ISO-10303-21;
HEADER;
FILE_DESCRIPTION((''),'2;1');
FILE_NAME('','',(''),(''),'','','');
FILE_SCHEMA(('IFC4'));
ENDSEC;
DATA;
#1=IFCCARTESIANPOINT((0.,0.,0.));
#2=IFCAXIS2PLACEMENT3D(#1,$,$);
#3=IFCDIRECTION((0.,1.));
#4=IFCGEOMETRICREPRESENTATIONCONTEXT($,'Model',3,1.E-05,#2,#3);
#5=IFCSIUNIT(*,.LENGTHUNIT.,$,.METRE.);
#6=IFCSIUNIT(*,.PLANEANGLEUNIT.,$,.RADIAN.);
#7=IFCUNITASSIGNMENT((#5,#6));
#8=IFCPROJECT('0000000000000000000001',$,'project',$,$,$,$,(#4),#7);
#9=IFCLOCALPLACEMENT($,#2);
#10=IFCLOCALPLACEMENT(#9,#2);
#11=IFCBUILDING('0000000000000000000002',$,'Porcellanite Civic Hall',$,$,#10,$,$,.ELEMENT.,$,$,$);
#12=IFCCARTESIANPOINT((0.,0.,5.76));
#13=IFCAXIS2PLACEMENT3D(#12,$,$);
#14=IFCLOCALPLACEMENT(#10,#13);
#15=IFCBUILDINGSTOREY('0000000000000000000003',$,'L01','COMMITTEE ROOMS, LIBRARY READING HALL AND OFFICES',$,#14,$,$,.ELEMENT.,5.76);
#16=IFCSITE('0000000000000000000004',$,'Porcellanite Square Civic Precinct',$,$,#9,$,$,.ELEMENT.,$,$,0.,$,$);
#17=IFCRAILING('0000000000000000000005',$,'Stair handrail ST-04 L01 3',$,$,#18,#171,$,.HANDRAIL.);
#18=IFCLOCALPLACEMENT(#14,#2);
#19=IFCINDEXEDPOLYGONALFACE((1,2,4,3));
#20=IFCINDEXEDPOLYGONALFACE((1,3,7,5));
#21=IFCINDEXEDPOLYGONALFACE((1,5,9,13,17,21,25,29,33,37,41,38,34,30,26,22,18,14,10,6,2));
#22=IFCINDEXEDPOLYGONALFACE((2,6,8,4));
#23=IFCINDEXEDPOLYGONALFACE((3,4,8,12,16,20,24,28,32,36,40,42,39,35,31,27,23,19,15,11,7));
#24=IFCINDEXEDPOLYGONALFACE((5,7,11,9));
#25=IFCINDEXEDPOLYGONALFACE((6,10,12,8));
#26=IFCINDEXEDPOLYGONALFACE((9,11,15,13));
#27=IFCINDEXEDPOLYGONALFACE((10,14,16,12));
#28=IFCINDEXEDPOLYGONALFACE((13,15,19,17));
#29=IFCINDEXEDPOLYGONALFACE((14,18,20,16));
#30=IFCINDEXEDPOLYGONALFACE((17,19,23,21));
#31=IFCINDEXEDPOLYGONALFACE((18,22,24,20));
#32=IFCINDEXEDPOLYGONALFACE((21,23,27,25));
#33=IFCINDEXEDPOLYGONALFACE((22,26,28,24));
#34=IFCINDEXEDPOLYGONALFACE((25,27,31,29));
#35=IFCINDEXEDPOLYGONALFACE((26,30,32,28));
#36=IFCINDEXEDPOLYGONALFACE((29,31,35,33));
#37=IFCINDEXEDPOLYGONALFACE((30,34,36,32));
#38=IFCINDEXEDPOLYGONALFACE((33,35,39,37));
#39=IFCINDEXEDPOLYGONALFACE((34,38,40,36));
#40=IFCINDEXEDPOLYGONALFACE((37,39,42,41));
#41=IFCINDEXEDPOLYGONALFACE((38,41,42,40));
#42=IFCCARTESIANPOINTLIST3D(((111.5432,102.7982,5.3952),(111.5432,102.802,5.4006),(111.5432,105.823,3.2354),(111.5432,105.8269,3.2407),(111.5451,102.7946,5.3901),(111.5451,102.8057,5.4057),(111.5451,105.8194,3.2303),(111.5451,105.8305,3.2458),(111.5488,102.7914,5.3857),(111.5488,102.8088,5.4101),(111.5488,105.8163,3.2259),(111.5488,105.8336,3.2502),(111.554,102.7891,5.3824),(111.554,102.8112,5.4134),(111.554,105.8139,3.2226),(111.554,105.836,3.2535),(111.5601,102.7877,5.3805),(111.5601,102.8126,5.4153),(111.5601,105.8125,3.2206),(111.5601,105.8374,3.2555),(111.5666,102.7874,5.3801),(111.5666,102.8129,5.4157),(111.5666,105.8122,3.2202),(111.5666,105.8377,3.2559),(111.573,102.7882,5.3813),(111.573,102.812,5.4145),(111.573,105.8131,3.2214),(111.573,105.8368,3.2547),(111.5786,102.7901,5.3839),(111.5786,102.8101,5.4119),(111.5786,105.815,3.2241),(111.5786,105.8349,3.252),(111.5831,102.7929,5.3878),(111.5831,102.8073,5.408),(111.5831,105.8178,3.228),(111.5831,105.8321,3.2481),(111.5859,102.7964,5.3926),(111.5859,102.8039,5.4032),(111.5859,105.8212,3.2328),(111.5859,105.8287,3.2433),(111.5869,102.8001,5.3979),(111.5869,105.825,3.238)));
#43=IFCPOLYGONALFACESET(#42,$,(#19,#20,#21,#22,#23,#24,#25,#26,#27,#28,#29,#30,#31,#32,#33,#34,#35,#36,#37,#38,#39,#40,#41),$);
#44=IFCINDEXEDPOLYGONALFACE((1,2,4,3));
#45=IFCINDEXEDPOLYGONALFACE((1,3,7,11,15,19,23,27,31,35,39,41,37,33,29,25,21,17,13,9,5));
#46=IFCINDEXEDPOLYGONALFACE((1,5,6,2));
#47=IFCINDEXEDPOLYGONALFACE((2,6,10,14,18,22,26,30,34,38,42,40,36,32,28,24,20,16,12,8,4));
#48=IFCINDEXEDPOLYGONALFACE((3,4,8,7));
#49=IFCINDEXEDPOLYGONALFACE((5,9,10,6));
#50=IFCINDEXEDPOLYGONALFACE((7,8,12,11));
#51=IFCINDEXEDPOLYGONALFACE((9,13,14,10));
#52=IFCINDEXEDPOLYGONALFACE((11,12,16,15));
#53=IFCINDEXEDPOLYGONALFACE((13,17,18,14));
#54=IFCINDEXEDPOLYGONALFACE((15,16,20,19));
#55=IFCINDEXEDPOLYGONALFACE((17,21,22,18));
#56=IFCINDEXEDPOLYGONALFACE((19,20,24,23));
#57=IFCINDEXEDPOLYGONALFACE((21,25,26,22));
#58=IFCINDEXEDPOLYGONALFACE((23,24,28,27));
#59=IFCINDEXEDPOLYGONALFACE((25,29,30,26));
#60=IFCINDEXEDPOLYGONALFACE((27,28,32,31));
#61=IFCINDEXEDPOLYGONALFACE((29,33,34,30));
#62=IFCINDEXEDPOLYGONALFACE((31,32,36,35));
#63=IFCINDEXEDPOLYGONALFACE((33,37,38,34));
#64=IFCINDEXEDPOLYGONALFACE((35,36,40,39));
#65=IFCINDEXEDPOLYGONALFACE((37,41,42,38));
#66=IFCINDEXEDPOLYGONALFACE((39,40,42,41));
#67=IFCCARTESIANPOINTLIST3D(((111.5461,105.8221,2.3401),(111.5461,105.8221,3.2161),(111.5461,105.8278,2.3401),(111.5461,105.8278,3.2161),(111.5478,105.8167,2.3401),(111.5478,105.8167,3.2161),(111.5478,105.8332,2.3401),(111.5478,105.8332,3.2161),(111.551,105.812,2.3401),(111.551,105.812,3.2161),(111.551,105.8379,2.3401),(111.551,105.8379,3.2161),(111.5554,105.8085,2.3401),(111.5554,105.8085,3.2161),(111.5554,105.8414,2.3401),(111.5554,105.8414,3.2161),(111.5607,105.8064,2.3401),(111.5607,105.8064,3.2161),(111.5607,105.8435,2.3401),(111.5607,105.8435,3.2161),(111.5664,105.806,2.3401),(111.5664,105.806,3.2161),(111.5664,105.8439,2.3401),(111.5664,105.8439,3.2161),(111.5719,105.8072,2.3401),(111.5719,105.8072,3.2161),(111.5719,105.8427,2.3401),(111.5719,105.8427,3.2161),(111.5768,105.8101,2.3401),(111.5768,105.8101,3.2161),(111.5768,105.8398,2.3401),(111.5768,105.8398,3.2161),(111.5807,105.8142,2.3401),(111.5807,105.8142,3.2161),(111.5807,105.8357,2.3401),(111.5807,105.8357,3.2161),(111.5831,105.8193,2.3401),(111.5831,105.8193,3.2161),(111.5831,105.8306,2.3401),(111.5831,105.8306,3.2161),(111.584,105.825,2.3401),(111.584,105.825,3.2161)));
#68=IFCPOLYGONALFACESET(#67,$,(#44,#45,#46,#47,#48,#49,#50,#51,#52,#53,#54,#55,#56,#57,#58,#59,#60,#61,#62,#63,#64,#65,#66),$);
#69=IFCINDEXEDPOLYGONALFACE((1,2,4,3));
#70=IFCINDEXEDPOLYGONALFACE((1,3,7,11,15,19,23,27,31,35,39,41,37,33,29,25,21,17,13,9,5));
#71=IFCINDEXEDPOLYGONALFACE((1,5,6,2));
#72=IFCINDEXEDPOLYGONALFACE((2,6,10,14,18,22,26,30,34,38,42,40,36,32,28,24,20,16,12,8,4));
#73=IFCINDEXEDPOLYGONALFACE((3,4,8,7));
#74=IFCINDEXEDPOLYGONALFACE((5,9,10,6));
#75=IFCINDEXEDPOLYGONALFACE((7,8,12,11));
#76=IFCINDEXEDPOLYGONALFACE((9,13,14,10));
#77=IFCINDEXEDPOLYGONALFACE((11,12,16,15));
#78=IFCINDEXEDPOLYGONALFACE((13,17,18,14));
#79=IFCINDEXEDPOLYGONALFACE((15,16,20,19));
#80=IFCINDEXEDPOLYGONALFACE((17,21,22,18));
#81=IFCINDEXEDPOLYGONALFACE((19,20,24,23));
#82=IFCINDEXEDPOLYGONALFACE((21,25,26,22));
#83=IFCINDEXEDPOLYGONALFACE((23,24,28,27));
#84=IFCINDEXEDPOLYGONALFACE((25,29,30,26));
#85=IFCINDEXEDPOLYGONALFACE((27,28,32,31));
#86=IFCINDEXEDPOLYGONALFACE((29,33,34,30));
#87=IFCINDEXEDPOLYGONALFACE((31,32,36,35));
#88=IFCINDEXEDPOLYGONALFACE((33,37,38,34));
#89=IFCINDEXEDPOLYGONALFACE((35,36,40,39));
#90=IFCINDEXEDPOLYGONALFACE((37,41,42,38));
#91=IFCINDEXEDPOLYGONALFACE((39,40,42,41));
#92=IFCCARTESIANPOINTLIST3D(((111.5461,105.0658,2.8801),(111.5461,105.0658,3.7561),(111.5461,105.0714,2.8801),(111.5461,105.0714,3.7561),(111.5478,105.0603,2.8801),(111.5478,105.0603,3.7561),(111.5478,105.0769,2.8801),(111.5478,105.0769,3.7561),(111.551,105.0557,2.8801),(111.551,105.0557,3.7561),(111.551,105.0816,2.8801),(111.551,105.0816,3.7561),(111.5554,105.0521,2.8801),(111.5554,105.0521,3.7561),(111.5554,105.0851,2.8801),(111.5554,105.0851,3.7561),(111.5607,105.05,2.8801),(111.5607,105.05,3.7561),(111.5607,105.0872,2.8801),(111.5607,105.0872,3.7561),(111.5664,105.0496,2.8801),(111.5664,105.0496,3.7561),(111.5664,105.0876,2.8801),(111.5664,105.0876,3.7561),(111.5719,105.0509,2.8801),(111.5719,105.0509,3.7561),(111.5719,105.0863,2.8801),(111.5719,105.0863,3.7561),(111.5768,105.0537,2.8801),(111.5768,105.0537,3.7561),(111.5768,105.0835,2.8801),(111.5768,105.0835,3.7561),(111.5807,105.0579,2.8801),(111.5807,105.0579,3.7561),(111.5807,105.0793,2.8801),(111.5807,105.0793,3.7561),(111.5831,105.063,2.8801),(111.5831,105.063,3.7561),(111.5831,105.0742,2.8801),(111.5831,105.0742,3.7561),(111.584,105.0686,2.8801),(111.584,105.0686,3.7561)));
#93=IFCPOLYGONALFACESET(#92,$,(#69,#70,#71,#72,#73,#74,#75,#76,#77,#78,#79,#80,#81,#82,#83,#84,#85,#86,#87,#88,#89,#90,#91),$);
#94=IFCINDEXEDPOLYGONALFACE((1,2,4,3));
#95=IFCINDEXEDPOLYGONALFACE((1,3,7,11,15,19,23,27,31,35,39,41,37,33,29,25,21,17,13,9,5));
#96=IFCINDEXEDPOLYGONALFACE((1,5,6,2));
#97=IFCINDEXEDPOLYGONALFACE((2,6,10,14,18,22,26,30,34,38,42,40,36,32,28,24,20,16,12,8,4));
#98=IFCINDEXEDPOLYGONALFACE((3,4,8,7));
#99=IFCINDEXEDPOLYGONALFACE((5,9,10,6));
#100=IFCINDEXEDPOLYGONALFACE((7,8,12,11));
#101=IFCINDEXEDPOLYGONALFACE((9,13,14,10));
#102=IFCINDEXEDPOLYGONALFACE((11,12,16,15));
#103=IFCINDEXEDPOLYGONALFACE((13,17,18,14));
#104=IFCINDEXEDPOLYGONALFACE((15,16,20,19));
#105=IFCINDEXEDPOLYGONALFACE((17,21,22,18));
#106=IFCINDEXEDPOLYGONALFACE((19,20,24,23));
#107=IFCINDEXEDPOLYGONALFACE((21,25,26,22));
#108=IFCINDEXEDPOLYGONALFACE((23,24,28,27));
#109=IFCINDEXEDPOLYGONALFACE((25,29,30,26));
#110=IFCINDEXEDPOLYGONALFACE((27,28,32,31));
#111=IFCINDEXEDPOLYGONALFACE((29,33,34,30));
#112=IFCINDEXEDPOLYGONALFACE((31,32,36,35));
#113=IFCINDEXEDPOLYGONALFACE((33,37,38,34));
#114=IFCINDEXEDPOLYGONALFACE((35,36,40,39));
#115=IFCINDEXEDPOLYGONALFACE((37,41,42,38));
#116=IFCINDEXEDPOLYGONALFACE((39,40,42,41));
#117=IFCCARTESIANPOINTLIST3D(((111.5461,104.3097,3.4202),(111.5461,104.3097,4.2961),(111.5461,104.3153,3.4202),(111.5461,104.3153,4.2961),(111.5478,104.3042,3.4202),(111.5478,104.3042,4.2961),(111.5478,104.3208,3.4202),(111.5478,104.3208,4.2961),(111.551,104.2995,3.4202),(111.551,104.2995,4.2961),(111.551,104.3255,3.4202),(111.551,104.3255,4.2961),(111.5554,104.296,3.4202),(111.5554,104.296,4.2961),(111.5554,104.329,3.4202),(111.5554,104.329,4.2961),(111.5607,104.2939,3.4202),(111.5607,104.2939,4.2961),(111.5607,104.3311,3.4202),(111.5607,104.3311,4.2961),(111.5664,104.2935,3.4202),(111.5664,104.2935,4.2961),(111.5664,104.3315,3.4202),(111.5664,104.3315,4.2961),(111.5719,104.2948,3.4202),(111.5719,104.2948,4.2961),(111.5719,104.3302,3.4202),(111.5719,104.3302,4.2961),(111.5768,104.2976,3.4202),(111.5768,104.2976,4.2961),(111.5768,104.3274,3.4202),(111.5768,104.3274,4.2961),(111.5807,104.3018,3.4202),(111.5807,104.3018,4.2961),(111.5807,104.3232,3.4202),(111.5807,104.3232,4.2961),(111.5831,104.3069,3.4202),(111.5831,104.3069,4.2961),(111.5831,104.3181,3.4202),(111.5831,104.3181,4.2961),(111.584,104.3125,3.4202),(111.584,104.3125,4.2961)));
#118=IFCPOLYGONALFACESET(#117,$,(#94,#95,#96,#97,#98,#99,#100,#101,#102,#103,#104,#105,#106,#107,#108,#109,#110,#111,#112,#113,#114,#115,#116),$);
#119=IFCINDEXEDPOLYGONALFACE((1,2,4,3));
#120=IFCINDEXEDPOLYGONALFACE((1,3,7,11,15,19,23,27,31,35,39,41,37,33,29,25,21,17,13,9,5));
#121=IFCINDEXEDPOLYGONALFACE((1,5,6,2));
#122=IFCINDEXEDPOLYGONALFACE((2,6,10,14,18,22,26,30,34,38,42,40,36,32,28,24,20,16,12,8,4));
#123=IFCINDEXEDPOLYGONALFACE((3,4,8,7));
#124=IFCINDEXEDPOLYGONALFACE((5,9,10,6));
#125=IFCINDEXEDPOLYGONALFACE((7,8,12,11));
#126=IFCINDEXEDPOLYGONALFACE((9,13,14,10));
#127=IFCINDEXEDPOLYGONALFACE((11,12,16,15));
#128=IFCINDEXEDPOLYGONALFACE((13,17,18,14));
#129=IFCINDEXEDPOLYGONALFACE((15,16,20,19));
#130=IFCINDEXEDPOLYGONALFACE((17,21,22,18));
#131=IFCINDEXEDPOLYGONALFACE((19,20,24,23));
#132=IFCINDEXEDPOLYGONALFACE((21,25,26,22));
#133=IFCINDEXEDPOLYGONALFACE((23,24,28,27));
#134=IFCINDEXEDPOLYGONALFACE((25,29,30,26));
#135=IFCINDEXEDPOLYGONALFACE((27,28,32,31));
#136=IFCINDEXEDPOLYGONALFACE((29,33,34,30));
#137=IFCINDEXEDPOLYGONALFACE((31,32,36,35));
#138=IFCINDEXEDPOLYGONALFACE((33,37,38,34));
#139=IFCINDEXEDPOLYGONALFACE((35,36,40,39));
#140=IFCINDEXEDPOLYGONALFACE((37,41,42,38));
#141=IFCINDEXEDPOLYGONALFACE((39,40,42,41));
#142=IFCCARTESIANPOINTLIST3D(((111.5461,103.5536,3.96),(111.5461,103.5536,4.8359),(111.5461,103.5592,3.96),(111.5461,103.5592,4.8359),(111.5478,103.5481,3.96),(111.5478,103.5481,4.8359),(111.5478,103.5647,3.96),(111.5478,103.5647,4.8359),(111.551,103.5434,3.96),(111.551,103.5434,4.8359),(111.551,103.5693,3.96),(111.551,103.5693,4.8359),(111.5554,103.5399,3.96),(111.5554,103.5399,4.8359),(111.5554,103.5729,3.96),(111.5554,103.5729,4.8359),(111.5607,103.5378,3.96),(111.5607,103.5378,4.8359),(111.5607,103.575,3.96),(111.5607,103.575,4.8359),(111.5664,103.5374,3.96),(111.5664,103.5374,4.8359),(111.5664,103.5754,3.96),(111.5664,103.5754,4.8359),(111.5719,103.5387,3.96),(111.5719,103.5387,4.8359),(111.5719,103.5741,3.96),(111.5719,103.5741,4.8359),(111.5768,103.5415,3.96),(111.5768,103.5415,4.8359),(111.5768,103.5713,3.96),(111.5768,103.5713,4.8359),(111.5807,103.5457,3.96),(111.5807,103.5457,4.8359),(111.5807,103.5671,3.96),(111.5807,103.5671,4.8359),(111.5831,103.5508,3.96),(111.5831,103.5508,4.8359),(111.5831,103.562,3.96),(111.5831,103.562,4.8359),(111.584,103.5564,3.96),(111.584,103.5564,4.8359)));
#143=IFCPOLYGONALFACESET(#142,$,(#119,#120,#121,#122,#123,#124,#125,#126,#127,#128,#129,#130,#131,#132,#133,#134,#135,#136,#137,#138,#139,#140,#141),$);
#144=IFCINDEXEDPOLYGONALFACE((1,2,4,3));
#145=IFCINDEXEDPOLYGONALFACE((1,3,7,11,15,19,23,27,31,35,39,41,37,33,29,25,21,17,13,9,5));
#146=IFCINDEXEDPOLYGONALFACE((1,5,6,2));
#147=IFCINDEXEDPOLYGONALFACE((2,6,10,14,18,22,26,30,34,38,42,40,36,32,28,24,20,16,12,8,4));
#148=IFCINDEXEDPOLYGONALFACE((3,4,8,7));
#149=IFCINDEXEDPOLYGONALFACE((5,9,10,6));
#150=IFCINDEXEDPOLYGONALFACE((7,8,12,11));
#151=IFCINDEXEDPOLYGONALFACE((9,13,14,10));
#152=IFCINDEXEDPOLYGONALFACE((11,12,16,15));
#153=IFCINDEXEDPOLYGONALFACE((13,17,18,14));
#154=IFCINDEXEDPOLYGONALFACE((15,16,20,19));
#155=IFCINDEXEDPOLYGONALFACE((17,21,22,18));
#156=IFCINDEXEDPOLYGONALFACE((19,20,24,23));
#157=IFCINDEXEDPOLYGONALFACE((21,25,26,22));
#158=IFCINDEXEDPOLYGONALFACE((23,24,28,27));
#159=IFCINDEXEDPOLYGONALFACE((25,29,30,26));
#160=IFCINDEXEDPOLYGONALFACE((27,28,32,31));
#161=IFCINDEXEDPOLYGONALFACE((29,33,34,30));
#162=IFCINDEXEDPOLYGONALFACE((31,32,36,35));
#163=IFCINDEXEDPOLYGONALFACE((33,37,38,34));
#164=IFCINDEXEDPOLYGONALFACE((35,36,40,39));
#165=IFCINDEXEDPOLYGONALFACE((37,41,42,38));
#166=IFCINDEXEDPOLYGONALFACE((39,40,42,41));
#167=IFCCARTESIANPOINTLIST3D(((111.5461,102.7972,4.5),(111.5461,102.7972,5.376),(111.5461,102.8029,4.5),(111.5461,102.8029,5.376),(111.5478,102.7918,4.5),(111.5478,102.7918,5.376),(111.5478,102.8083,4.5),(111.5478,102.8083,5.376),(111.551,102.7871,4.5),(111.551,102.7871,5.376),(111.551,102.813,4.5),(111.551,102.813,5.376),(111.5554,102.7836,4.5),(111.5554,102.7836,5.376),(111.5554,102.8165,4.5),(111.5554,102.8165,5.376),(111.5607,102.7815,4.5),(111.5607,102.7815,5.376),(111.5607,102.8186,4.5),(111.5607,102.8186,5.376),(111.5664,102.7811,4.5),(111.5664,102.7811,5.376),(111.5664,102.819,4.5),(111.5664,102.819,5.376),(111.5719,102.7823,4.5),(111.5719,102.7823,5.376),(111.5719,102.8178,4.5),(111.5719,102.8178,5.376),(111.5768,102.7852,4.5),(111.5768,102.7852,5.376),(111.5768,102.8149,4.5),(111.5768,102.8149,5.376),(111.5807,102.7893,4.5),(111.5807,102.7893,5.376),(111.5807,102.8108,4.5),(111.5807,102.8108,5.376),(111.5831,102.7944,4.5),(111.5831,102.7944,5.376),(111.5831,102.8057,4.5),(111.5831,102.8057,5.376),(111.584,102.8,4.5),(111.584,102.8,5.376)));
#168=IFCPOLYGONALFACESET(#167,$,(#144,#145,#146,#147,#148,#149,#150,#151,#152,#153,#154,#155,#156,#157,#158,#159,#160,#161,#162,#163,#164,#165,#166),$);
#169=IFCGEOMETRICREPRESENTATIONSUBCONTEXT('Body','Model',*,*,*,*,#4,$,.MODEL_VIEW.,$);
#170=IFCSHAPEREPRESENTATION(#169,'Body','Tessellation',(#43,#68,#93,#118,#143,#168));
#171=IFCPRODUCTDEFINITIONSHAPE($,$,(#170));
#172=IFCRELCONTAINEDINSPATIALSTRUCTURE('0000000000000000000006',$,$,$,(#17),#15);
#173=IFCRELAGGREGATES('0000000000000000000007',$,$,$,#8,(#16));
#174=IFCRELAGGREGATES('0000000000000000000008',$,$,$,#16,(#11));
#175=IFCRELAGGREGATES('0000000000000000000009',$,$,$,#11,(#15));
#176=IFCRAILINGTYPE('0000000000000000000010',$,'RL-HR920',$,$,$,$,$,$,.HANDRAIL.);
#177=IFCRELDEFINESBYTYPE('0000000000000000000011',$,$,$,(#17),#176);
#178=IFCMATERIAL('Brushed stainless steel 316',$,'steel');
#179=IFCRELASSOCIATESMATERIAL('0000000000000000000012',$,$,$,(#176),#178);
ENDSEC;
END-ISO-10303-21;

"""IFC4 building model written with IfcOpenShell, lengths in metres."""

from ifc_helpers import new_model, si_unit, direction, frame, origin, origin_2d, place, context, subcontext, project, spatial, circle, extrude, material, type_object, element, save


model = new_model("IFC4")

# Units and contexts
model_context = context("Model", 3, precision=1e-05, world=origin(), true_north=direction((0.0, 1.0)))
body_context = subcontext(model_context, "Body", "Model", "MODEL_VIEW")
ifc_project = project(units=[si_unit("LENGTHUNIT", "METRE"), si_unit("PLANEANGLEUNIT", "RADIAN")], contexts=[model_context])

# Site, building, storey
site_placement = place(None, origin())
site = spatial("IfcSite", under=ifc_project, at=site_placement, Name="Porcellanite Square Civic Precinct", CompositionType="ELEMENT", RefElevation=0.0)
building_placement = place(site_placement, origin())
building = spatial("IfcBuilding", under=site, at=building_placement, Name="Porcellanite Civic Hall", CompositionType="ELEMENT")
storey_placement = place(building_placement, frame((0.0, 0.0, 5.76)))
storey = spatial("IfcBuildingStorey", under=building, at=storey_placement, Name="L01", Description="COMMITTEE ROOMS, LIBRARY READING HALL AND OFFICES", CompositionType="ELEMENT", Elevation=5.76)

# Railing
ifc_material_1 = material(Name="Brushed stainless steel 316", Category="steel")
railing_type_1 = type_object("IfcRailingType", Name="RL-HR920", PredefinedType="HANDRAIL", material=ifc_material_1)
railing_1_placement = place(storey_placement, frame((111.5649, 105.825, 2.3401)))
element("IfcRailing", 1, at=railing_1_placement, inside=storey, type_object=railing_type_1, Name="Stair handrail ST-04 L01 3", PredefinedType="HANDRAIL", context=body_context, shape_type="SweptSolid", body=[
    extrude(circle(Radius=0.022, at=origin_2d()), frame((0.0, 0.0, 0.8979), z_axis=(0.0, -0.813827, 0.581108), x_axis=(1.0, 0.0, 0.0)), (0.0, 0.0, 1.0), 3.7168),
    extrude(circle(Radius=0.019, at=origin_2d()), origin(), (0.0, 0.0, 1.0), 0.876),
    extrude(circle(Radius=0.019, at=origin_2d()), frame((0.0, -0.7563, 0.54)), (0.0, 0.0, 1.0), 0.876),
    extrude(circle(Radius=0.019, at=origin_2d()), frame((0.0, -1.5125, 1.0801)), (0.0, 0.0, 1.0), 0.876),
    extrude(circle(Radius=0.019, at=origin_2d()), frame((0.0, -2.2686, 1.6199)), (0.0, 0.0, 1.0), 0.876),
    extrude(circle(Radius=0.019, at=origin_2d()), frame((0.0, -3.0249, 2.1599)), (0.0, 0.0, 1.0), 0.876),
])

save(model, "model.ifc")
